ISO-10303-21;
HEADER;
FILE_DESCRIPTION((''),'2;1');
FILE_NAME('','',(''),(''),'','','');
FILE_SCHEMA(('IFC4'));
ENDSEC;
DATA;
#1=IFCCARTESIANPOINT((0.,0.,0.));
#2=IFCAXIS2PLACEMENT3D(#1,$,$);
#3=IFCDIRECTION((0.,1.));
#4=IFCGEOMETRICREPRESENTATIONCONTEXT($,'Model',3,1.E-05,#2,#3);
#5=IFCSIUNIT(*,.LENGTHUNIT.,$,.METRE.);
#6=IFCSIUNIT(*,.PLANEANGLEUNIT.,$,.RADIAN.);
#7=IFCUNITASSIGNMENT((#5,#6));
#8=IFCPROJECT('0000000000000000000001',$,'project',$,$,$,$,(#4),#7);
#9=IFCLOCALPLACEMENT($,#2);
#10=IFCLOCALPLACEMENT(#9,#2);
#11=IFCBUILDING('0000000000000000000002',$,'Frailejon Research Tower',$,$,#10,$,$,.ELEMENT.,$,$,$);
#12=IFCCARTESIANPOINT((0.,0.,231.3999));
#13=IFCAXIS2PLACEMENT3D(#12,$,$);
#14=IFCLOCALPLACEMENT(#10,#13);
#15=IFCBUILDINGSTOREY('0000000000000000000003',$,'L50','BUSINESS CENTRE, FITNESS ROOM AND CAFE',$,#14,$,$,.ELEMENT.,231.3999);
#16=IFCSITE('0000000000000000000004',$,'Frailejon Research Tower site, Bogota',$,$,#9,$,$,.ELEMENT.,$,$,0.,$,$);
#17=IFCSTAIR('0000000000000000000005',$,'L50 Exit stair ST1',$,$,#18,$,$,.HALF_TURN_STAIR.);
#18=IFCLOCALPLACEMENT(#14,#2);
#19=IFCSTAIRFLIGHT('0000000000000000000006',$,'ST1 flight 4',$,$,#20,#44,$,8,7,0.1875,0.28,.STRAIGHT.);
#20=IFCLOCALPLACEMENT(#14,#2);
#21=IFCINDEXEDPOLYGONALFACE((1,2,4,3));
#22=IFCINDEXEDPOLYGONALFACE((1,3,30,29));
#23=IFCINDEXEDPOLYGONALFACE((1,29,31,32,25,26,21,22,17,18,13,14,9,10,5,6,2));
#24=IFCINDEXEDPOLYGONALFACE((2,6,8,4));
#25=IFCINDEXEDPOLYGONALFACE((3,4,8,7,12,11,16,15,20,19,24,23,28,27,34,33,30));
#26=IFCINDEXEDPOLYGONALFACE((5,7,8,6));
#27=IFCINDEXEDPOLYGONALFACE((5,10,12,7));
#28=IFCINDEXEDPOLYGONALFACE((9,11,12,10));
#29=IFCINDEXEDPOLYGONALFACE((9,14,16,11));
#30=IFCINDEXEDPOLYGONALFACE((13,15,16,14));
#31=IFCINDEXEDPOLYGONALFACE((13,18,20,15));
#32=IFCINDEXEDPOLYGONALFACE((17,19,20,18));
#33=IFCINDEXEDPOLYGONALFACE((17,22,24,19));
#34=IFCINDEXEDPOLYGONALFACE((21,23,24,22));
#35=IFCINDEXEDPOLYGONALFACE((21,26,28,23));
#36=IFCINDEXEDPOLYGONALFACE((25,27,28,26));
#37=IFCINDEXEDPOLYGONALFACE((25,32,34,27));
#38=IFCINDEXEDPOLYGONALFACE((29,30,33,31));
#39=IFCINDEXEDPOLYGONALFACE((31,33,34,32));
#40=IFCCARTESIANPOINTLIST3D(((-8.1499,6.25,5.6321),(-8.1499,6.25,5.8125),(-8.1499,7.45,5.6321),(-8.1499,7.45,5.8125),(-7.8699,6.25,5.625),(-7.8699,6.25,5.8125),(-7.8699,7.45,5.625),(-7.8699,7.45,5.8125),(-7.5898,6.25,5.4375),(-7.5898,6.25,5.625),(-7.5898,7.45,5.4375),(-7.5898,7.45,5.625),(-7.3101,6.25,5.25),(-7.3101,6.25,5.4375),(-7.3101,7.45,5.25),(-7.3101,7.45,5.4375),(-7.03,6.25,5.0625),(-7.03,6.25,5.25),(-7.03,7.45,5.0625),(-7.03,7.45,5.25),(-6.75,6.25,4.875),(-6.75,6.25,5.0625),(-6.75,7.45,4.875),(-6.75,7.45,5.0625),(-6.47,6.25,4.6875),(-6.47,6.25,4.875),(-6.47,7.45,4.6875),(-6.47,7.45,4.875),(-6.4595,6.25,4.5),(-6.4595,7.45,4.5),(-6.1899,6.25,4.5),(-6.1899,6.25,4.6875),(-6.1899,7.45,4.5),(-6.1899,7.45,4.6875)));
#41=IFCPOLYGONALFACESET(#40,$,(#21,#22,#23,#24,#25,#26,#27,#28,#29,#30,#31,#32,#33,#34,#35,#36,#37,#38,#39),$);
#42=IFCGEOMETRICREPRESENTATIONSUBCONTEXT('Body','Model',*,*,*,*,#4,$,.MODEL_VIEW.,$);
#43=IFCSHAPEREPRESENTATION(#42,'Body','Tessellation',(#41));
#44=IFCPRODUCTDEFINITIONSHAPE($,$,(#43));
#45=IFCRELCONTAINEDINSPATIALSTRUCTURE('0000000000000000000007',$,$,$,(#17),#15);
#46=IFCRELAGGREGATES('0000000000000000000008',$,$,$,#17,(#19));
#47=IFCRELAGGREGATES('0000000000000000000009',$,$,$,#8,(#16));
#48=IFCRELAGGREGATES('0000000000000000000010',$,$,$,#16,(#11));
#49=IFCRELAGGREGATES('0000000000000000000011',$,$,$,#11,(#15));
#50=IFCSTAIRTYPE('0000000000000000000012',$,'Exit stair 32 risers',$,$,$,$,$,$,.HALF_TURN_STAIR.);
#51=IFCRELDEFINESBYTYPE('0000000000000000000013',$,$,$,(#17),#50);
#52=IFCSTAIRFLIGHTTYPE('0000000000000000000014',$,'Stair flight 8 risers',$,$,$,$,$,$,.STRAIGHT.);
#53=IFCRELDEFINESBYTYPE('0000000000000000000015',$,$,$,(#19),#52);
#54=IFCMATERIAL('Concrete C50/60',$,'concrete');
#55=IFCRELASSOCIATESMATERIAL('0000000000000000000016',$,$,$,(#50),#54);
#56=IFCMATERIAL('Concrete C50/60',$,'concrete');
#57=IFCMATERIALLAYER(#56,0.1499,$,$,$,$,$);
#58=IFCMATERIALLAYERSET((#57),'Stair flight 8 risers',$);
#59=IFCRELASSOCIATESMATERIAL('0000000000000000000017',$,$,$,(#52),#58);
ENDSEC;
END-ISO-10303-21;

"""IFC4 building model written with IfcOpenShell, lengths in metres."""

from ifc_helpers import new_model, si_unit, direction, frame, origin, place, context, subcontext, project, spatial, polyline, outline, extrude, material, layer, layer_set, type_object, element, aggregate, save


model = new_model("IFC4")

# Units and contexts
model_context = context("Model", 3, precision=1e-05, world=origin(), true_north=direction((0.0, 1.0)))
body_context = subcontext(model_context, "Body", "Model", "MODEL_VIEW")
ifc_project = project(units=[si_unit("LENGTHUNIT", "METRE"), si_unit("PLANEANGLEUNIT", "RADIAN")], contexts=[model_context])

# Site, building, storey
site_placement = place(None, origin())
site = spatial("IfcSite", under=ifc_project, at=site_placement, Name="Frailejon Research Tower site, Bogota", CompositionType="ELEMENT", RefElevation=0.0)
building_placement = place(site_placement, origin())
building = spatial("IfcBuilding", under=site, at=building_placement, Name="Frailejon Research Tower", CompositionType="ELEMENT")
storey_placement = place(building_placement, frame((0.0, 0.0, 231.3999)))
storey = spatial("IfcBuildingStorey", under=building, at=storey_placement, Name="L50", Description="BUSINESS CENTRE, FITNESS ROOM AND CAFE", CompositionType="ELEMENT", Elevation=231.3999)

# Stair, stair flight
ifc_material_1 = material(Name="Concrete C50/60", Category="concrete")
stair_type = type_object("IfcStairType", Name="Exit stair 32 risers", PredefinedType="HALF_TURN_STAIR", material=ifc_material_1)
stair_placement = place(storey_placement, origin())
stair = element("IfcStair", 1, at=stair_placement, inside=storey, type_object=stair_type, Name="L50 Exit stair ST1", PredefinedType="HALF_TURN_STAIR")
ifc_material_2 = material(Name="Concrete C50/60", Category="concrete")
ifc_layer_1 = layer(ifc_material_2, 0.1499)
ifc_layer_set_1 = layer_set([ifc_layer_1], Name="Stair flight 8 risers")
stair_flight_type = type_object("IfcStairFlightType", Name="Stair flight 8 risers", PredefinedType="STRAIGHT", material=ifc_layer_set_1)
stair_flight_1_placement = place(storey_placement, frame((-6.1899, 6.8501, 4.5), z_axis=(0.0, 0.0, 1.0), x_axis=(-1.0, 0.0, 0.0)))
stair_flight_1 = element("IfcStairFlight", 2, at=stair_flight_1_placement, type_object=stair_flight_type, Name="ST1 flight 4", NumberOfRisers=8, NumberOfTreads=7, PredefinedType="STRAIGHT", RiserHeight=0.1875, TreadLength=0.28, context=body_context, shape_type="SweptSolid", body=[
    extrude(outline(polyline([(0.0, 0.0), (0.0, 0.1875), (0.28, 0.1875), (0.28, 0.375), (0.5601, 0.375), (0.5601, 0.5625), (0.8401, 0.5625), (0.8401, 0.75), (1.1201, 0.75), (1.1201, 0.9375), (1.3999, 0.9375), (1.3999, 1.125), (1.6799, 1.125), (1.6799, 1.3125), (1.96, 1.3125), (1.96, 1.5), (1.96, 1.1321), (0.2695, 0.0), (0.0, 0.0)])), frame((0.0, 0.6001, 0.0), z_axis=(0.0, -1.0, 0.0), x_axis=(1.0, 0.0, 0.0)), (0.0, 0.0, 1.0), 1.2),
])
aggregate(stair, [stair_flight_1])

save(model, "model.ifc")
